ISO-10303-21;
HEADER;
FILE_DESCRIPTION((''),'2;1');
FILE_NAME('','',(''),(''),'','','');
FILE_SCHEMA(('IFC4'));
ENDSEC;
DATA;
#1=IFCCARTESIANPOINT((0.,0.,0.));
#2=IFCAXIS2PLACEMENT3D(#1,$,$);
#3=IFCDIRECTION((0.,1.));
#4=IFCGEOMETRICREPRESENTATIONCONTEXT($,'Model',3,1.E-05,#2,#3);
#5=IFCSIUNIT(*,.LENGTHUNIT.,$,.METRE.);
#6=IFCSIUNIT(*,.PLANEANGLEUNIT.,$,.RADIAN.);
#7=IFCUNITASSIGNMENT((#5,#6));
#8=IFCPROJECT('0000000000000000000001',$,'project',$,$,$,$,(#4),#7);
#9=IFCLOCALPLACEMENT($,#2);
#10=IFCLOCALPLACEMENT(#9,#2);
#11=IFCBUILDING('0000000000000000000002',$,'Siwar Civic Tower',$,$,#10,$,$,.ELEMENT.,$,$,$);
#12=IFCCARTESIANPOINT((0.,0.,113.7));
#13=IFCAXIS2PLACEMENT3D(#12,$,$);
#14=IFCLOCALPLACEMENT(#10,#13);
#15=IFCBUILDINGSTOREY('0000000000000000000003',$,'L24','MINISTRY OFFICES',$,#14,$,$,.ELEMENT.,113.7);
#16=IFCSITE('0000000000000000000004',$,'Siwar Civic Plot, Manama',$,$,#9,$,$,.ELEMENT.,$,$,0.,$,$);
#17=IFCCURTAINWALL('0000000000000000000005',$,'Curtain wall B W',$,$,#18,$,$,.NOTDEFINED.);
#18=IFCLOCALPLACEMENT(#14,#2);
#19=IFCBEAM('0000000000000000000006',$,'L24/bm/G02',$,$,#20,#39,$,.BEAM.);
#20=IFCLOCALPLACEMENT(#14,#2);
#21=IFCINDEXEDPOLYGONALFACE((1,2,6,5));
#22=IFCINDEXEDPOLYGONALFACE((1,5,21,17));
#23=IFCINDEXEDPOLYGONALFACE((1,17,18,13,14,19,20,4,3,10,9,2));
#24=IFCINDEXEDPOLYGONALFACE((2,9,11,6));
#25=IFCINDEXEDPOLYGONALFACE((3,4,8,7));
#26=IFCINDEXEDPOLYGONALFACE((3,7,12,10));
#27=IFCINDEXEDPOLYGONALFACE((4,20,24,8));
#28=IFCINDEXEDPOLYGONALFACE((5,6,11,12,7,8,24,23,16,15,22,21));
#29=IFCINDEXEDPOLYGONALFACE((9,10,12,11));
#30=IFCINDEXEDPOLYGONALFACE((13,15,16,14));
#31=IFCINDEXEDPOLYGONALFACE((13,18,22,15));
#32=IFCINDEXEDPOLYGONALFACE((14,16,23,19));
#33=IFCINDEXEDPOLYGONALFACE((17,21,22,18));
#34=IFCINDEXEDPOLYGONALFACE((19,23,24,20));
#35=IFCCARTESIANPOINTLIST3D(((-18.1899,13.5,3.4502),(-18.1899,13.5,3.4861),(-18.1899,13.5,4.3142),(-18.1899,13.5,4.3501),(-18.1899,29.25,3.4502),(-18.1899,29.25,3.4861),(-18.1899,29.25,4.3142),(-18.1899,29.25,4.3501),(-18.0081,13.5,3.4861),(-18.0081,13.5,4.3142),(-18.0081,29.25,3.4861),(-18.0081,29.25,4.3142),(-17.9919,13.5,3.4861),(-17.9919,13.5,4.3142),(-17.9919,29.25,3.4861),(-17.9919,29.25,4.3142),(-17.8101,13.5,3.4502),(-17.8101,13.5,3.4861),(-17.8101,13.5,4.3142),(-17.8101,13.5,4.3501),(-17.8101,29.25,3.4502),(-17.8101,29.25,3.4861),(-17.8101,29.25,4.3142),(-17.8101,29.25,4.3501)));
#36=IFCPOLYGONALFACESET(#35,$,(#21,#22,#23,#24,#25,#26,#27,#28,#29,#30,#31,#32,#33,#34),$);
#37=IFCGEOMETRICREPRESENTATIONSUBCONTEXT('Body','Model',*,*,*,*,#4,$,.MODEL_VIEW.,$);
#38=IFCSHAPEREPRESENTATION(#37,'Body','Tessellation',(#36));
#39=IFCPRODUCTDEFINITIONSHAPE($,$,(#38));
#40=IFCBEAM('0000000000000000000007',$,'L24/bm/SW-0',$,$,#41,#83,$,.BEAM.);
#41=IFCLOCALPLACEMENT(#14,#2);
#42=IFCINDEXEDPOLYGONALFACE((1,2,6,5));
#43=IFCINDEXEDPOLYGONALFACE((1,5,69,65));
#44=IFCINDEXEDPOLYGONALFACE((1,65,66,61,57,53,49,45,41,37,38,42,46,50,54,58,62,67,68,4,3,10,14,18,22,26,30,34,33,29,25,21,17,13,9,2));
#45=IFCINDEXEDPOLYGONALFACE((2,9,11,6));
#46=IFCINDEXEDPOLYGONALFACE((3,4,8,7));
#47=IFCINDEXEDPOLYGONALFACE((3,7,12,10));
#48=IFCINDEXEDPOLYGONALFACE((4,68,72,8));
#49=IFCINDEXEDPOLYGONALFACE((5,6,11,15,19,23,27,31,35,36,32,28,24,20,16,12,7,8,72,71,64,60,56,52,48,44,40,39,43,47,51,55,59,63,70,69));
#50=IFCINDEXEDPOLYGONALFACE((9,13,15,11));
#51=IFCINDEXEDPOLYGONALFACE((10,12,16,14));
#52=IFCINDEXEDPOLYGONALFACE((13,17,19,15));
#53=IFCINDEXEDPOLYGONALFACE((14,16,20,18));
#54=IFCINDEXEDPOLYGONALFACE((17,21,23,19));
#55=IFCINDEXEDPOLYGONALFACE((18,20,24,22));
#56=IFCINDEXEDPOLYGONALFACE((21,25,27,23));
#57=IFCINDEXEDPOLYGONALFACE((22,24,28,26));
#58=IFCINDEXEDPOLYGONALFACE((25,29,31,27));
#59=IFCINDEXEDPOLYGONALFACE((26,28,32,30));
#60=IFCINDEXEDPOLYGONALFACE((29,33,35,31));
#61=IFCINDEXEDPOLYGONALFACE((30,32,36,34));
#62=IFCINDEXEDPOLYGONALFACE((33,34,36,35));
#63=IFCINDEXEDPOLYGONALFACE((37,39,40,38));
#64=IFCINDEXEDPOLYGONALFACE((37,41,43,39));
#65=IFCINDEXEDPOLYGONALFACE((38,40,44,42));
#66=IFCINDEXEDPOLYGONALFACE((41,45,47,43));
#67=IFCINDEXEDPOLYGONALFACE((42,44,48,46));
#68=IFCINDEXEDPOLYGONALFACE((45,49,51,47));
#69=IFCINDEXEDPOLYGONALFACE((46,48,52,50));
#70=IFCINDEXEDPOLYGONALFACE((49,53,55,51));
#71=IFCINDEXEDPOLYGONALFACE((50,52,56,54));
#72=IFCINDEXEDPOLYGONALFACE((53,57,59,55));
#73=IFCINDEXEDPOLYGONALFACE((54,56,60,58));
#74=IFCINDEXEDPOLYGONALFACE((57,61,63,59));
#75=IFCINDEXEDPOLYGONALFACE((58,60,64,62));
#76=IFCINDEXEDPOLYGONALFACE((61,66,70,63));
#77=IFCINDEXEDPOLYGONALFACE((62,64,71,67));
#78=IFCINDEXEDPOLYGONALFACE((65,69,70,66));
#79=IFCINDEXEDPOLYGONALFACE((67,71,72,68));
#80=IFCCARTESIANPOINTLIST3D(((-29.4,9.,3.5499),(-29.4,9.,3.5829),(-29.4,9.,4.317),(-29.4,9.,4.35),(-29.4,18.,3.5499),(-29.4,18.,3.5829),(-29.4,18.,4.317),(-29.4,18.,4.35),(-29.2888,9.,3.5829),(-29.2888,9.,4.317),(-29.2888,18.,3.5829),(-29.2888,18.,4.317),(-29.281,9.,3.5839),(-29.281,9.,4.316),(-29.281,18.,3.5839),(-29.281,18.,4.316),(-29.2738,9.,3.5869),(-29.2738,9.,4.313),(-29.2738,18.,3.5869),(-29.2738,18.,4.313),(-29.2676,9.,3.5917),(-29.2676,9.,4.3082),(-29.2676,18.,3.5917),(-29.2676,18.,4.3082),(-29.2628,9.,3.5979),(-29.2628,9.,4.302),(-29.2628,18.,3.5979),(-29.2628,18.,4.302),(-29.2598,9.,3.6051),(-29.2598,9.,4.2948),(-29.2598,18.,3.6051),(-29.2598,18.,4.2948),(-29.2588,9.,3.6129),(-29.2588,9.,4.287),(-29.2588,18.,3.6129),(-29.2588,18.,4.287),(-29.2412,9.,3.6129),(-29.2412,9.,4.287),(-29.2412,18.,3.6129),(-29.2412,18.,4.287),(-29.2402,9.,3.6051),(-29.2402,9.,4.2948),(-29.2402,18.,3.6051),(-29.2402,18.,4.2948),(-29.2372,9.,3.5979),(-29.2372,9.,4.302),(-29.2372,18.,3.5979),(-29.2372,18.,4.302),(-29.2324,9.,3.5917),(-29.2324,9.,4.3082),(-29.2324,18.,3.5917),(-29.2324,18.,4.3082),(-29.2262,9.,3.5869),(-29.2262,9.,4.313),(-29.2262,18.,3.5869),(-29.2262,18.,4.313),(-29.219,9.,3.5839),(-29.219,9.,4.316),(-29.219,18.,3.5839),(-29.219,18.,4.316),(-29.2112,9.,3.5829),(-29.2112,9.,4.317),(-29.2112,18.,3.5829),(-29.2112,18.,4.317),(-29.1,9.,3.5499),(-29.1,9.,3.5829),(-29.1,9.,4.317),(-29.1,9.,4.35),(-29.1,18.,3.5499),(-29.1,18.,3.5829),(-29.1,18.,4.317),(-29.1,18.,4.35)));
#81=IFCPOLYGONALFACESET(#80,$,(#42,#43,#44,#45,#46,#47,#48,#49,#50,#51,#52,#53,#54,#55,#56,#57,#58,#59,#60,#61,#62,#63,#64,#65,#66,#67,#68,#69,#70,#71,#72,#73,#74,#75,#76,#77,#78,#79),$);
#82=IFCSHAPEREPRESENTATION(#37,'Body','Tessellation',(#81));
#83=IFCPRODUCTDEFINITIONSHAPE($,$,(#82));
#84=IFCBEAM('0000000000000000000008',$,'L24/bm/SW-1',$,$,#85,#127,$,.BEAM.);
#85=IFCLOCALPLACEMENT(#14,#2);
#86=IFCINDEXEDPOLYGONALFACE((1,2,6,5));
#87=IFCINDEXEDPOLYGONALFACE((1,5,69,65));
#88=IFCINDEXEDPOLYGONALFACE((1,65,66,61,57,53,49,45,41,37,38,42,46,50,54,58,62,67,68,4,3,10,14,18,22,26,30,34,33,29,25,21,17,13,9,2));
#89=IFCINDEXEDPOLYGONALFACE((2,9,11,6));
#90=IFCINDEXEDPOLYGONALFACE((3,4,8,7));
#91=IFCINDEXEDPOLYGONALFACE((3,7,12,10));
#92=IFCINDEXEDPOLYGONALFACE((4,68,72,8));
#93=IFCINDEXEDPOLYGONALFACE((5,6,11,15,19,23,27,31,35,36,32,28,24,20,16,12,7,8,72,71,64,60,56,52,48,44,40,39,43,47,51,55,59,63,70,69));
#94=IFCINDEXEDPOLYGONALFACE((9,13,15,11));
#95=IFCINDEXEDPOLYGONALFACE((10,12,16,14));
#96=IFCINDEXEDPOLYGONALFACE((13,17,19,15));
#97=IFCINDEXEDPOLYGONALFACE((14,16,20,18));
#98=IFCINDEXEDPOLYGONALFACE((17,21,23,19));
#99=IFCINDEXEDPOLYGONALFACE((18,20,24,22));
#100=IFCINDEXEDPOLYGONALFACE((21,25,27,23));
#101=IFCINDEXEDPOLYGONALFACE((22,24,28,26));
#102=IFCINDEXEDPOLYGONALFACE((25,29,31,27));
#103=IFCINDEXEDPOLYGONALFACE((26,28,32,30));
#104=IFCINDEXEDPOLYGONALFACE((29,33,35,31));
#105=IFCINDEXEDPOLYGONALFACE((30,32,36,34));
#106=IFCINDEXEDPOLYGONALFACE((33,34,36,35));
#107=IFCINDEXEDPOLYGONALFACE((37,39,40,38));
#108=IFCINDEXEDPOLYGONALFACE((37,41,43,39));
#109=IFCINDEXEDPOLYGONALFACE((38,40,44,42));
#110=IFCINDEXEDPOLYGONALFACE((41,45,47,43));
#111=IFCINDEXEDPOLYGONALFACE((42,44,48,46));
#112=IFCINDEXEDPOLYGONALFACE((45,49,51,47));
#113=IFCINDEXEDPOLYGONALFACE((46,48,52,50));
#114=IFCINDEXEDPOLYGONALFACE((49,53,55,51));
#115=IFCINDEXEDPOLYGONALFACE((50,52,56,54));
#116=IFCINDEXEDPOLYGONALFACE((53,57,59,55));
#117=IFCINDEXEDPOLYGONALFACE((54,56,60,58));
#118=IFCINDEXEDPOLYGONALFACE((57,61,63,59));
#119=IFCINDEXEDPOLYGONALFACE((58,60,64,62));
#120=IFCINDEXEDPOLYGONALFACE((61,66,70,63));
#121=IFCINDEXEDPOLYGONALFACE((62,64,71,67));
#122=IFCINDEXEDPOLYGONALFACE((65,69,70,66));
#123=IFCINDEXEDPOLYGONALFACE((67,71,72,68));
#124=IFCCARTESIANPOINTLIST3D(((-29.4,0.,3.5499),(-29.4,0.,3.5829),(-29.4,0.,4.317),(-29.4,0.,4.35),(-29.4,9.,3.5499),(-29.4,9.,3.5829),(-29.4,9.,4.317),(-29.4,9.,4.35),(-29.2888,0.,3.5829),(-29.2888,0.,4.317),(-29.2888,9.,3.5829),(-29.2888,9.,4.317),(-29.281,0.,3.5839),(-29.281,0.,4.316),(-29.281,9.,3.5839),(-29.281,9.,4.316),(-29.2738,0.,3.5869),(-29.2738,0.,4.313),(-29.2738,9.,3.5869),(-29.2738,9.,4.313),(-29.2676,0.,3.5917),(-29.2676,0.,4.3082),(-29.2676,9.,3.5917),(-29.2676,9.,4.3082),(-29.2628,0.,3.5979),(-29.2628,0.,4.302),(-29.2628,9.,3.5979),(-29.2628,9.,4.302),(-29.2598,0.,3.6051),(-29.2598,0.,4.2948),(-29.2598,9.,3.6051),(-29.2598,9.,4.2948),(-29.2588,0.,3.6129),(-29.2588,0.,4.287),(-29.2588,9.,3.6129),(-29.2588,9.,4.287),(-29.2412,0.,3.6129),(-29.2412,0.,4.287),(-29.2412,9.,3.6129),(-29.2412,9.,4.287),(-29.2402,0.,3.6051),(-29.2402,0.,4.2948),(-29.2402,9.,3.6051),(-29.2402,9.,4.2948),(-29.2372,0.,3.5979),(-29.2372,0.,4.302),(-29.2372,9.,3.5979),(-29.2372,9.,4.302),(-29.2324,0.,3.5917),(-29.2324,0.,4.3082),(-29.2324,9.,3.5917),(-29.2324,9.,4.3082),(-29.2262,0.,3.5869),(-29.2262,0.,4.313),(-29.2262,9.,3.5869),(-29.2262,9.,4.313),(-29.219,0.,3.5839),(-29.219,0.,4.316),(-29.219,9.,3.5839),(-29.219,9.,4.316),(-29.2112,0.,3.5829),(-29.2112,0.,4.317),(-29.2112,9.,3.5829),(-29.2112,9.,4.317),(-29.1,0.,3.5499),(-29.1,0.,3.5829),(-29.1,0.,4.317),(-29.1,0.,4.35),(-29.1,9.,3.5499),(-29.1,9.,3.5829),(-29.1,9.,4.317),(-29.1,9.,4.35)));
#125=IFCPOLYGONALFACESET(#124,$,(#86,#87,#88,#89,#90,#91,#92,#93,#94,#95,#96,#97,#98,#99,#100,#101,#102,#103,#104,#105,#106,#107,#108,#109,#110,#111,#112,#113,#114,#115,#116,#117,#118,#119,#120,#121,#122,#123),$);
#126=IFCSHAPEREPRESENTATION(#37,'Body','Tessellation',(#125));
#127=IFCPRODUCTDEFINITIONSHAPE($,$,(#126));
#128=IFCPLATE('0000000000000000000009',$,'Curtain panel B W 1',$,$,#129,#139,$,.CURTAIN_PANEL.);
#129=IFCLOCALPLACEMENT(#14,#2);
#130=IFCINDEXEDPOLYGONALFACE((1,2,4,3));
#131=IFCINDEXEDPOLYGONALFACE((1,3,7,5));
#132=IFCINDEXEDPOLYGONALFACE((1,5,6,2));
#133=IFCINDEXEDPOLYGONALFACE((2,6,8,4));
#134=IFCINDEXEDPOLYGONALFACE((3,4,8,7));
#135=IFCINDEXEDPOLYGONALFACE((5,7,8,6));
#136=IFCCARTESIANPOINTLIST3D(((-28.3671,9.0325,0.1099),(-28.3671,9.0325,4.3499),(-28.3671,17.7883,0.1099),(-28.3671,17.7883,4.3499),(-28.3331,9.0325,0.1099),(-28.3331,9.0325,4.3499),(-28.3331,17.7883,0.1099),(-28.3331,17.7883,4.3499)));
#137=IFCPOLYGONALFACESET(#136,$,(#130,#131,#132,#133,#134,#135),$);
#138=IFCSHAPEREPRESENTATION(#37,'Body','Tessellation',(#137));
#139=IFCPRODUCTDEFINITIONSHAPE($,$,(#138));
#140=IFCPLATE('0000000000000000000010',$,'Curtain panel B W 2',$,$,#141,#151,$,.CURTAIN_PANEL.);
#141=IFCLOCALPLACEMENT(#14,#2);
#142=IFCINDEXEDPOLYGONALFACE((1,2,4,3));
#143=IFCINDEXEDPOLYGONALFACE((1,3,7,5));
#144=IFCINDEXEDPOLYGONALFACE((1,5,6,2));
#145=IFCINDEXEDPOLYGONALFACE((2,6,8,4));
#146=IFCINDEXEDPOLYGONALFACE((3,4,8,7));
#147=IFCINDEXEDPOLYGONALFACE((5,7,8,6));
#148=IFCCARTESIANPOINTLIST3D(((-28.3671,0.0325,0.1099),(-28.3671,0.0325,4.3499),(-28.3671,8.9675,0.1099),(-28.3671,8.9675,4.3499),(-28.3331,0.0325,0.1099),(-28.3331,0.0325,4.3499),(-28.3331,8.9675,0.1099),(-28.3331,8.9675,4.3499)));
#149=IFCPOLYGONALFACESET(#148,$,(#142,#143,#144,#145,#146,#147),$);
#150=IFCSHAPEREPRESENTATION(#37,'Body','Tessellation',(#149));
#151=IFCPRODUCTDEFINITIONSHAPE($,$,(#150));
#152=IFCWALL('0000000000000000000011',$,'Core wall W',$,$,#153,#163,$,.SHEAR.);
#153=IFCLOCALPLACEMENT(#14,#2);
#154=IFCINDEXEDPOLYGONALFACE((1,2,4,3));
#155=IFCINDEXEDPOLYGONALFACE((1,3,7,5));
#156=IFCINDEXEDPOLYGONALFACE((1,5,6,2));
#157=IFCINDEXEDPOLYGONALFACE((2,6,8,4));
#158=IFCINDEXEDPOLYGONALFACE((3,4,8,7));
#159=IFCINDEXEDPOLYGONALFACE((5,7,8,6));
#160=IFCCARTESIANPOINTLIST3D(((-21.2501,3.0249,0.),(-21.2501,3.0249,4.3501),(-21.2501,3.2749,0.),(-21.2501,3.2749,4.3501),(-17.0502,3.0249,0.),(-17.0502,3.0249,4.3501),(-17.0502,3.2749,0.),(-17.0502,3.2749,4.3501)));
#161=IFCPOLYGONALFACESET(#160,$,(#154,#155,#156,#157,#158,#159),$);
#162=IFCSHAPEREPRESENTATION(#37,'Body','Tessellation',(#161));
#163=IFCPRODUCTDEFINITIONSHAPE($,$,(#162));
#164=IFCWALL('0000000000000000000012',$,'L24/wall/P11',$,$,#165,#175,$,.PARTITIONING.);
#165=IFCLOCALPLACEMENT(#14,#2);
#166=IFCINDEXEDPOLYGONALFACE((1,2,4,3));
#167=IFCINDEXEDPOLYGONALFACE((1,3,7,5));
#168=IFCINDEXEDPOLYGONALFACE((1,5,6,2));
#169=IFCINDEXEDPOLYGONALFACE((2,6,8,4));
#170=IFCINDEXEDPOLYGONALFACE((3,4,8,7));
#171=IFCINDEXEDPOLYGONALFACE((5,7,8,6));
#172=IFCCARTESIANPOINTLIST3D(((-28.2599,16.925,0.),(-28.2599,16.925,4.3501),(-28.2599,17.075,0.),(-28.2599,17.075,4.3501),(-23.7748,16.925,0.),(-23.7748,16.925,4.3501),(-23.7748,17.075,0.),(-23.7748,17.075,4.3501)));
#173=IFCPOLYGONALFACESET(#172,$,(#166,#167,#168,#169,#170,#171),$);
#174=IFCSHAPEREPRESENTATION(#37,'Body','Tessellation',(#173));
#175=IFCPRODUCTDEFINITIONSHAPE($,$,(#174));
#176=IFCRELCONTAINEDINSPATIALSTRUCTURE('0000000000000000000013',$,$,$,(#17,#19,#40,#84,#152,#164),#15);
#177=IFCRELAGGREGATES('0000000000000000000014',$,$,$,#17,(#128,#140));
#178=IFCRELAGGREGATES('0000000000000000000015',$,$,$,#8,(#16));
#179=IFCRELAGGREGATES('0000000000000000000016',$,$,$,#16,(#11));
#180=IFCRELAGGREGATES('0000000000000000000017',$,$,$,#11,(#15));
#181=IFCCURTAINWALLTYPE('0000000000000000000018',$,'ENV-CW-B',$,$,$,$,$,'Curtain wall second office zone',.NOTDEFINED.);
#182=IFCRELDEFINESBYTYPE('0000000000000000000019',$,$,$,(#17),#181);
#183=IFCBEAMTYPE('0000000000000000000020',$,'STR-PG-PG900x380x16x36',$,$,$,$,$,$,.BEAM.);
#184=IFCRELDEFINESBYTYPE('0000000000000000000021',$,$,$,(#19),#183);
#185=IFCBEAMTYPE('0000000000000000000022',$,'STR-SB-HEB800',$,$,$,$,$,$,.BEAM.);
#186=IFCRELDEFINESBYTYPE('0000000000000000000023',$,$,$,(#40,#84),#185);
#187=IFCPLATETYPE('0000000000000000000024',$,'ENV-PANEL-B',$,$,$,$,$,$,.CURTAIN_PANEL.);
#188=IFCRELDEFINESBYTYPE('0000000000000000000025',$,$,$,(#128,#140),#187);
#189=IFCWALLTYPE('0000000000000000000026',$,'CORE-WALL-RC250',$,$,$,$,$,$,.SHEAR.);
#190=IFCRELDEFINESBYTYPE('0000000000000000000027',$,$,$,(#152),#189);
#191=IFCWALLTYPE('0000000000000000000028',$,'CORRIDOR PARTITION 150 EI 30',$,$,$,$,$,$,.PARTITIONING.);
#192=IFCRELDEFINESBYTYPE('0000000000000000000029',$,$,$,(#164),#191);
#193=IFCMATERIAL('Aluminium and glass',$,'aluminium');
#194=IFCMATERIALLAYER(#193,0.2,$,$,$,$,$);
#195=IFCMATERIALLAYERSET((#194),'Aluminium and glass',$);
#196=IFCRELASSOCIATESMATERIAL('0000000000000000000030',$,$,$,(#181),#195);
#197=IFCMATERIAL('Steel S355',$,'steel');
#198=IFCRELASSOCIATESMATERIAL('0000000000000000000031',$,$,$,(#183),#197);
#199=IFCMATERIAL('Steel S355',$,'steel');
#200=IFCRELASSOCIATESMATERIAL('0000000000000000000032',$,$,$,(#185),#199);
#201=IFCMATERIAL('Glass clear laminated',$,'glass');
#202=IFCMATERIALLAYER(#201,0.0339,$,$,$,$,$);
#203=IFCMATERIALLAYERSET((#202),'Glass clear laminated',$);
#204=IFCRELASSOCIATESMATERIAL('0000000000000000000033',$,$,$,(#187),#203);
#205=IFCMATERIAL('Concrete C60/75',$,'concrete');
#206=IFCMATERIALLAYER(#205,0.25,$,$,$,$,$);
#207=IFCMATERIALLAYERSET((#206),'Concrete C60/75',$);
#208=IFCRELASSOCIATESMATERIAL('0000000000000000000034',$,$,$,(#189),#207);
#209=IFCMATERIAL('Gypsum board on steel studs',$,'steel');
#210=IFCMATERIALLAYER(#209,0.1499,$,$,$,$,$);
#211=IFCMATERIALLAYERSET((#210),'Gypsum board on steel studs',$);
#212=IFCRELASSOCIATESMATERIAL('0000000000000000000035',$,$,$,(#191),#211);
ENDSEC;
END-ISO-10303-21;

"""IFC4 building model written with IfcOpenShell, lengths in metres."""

from ifc_helpers import new_model, si_unit, direction, frame, frame_2d, origin, origin_2d, place, context, subcontext, project, spatial, rectangle, i_section, extrude, material, layer, layer_set, material_profile, profile_set, type_object, element, aggregate, save


model = new_model("IFC4")

# Units and contexts
model_context = context("Model", 3, precision=1e-05, world=origin(), true_north=direction((0.0, 1.0)))
body_context = subcontext(model_context, "Body", "Model", "MODEL_VIEW")
ifc_project = project(units=[si_unit("LENGTHUNIT", "METRE"), si_unit("PLANEANGLEUNIT", "RADIAN")], contexts=[model_context])

# Site, building, storey
site_placement = place(None, origin())
site = spatial("IfcSite", under=ifc_project, at=site_placement, Name="Siwar Civic Plot, Manama", CompositionType="ELEMENT", RefElevation=0.0)
building_placement = place(site_placement, origin())
building = spatial("IfcBuilding", under=site, at=building_placement, Name="Siwar Civic Tower", CompositionType="ELEMENT")
storey_placement = place(building_placement, frame((0.0, 0.0, 113.7)))
storey = spatial("IfcBuildingStorey", under=building, at=storey_placement, Name="L24", Description="MINISTRY OFFICES", CompositionType="ELEMENT", Elevation=113.7)

# Curtain wall
ifc_material_1 = material(Name="Aluminium and glass", Category="aluminium")
ifc_layer_1 = layer(ifc_material_1, 0.2)
ifc_layer_set_1 = layer_set([ifc_layer_1], Name="Aluminium and glass")
curtain_wall_type = type_object("IfcCurtainWallType", Name="ENV-CW-B", ElementType="Curtain wall second office zone", PredefinedType="NOTDEFINED", material=ifc_layer_set_1)
curtain_wall_placement = place(storey_placement, origin())
curtain_wall = element("IfcCurtainWall", 1, at=curtain_wall_placement, inside=storey, type_object=curtain_wall_type, Name="Curtain wall B W", PredefinedType="NOTDEFINED")

# Beams
ifc_material_2 = material(Name="Steel S355", Category="steel")
ifc_material_profile_1 = material_profile(ifc_material_2, i_section(OverallWidth=0.3799, OverallDepth=0.8999, WebThickness=0.0161, FlangeThickness=0.0359, at=origin_2d()), Name="PG900x380x16x36")
ifc_profile_set_1 = profile_set([ifc_material_profile_1], Name="Steel S355")
beam_type_1 = type_object("IfcBeamType", Name="STR-PG-PG900x380x16x36", PredefinedType="BEAM", material=ifc_profile_set_1)
beam_1_placement = place(storey_placement, frame((-18.0, 13.5, 3.9001), z_axis=(0.0, 1.0, 0.0), x_axis=(-1.0, 0.0, 0.0)))
element("IfcBeam", 2, at=beam_1_placement, inside=storey, type_object=beam_type_1, Name="L24/bm/G02", PredefinedType="BEAM", context=body_context, shape_type="SweptSolid", body=[
    extrude(i_section(OverallWidth=0.3799, OverallDepth=0.8999, WebThickness=0.0161, FlangeThickness=0.0359, at=origin_2d()), origin(), (0.0, 0.0, 1.0), 15.75),
])
ifc_material_3 = material(Name="Steel S355", Category="steel")
ifc_material_profile_2 = material_profile(ifc_material_3, i_section(OverallWidth=0.3, OverallDepth=0.8, WebThickness=0.0176, FlangeThickness=0.033, FilletRadius=0.03, at=origin_2d()), Name="HEB800")
ifc_profile_set_2 = profile_set([ifc_material_profile_2], Name="Steel S355")
beam_type_2 = type_object("IfcBeamType", Name="STR-SB-HEB800", PredefinedType="BEAM", material=ifc_profile_set_2)
for number, where, z_axis, x_axis, name in (
    (3, (-29.25, 18.0, 3.95), (0.0, -1.0, 0.0), (1.0, 0.0, 0.0), "L24/bm/SW-0"),
    (4, (-29.25, 9.0, 3.95), (0.0, -1.0, 0.0), (1.0, 0.0, 0.0), "L24/bm/SW-1"),
):
    element("IfcBeam", number, at=place(storey_placement, frame(where, z_axis=z_axis, x_axis=x_axis)), inside=storey, type_object=beam_type_2, Name=name, PredefinedType="BEAM", context=body_context, shape_type="SweptSolid", body=[
        extrude(i_section(OverallWidth=0.3, OverallDepth=0.8, WebThickness=0.0176, FlangeThickness=0.033, FilletRadius=0.03, at=origin_2d()), origin(), (0.0, 0.0, 1.0), 9.0),
    ])

# Plates
ifc_material_4 = material(Name="Glass clear laminated", Category="glass")
ifc_layer_2 = layer(ifc_material_4, 0.0339)
ifc_layer_set_2 = layer_set([ifc_layer_2], Name="Glass clear laminated")
plate_type = type_object("IfcPlateType", Name="ENV-PANEL-B", PredefinedType="CURTAIN_PANEL", material=ifc_layer_set_2)
plate_1_placement = place(storey_placement, frame((-28.3501, 13.4104, 0.1099), z_axis=(0.0, 0.0, 1.0), x_axis=(0.0, -1.0, 0.0)))
plate_1 = element("IfcPlate", 5, at=plate_1_placement, type_object=plate_type, Name="Curtain panel B W 1", PredefinedType="CURTAIN_PANEL", context=body_context, shape_type="SweptSolid", body=[
    extrude(rectangle(XDim=8.7559, YDim=0.0339, at=origin_2d()), origin(), (0.0, 0.0, 1.0), 4.24),
])
plate_2_placement = place(storey_placement, frame((-28.3501, 4.5, 0.1099), z_axis=(0.0, 0.0, 1.0), x_axis=(0.0, -1.0, 0.0)))
plate_2 = element("IfcPlate", 6, at=plate_2_placement, type_object=plate_type, Name="Curtain panel B W 2", PredefinedType="CURTAIN_PANEL", context=body_context, shape_type="SweptSolid", body=[
    extrude(rectangle(XDim=8.9351, YDim=0.0339, at=origin_2d()), origin(), (0.0, 0.0, 1.0), 4.24),
])
aggregate(curtain_wall, [plate_1, plate_2])

# Walls
ifc_material_5 = material(Name="Concrete C60/75", Category="concrete")
ifc_layer_3 = layer(ifc_material_5, 0.25)
ifc_layer_set_3 = layer_set([ifc_layer_3], Name="Concrete C60/75")
wall_type_1 = type_object("IfcWallType", Name="CORE-WALL-RC250", PredefinedType="SHEAR", material=ifc_layer_set_3)
wall_1_placement = place(storey_placement, frame((-17.05, 3.1499, 0.0), z_axis=(0.0, 0.0, 1.0), x_axis=(-1.0, 0.0, 0.0)))
element("IfcWall", 7, at=wall_1_placement, inside=storey, type_object=wall_type_1, Name="Core wall W", PredefinedType="SHEAR", context=body_context, shape_type="SweptSolid", body=[
    extrude(rectangle(XDim=4.2, YDim=0.25, at=frame_2d((2.1001, 0.0))), origin(), (0.0, 0.0, 1.0), 4.3501),
])
ifc_material_6 = material(Name="Gypsum board on steel studs", Category="steel")
ifc_layer_4 = layer(ifc_material_6, 0.1499)
ifc_layer_set_4 = layer_set([ifc_layer_4], Name="Gypsum board on steel studs")
wall_type_2 = type_object("IfcWallType", Name="CORRIDOR PARTITION 150 EI 30", PredefinedType="PARTITIONING", material=ifc_layer_set_4)
wall_2_placement = place(storey_placement, frame((-28.26, 17.0, 0.0), z_axis=(0.0, 0.0, 1.0), x_axis=(1.0, 0.0, 0.0)))
element("IfcWall", 8, at=wall_2_placement, inside=storey, type_object=wall_type_2, Name="L24/wall/P11", PredefinedType="PARTITIONING", context=body_context, shape_type="SweptSolid", body=[
    extrude(rectangle(XDim=4.4851, YDim=0.1499, at=frame_2d((2.2427, 0.0))), origin(), (0.0, 0.0, 1.0), 4.3501),
])

save(model, "model.ifc")
